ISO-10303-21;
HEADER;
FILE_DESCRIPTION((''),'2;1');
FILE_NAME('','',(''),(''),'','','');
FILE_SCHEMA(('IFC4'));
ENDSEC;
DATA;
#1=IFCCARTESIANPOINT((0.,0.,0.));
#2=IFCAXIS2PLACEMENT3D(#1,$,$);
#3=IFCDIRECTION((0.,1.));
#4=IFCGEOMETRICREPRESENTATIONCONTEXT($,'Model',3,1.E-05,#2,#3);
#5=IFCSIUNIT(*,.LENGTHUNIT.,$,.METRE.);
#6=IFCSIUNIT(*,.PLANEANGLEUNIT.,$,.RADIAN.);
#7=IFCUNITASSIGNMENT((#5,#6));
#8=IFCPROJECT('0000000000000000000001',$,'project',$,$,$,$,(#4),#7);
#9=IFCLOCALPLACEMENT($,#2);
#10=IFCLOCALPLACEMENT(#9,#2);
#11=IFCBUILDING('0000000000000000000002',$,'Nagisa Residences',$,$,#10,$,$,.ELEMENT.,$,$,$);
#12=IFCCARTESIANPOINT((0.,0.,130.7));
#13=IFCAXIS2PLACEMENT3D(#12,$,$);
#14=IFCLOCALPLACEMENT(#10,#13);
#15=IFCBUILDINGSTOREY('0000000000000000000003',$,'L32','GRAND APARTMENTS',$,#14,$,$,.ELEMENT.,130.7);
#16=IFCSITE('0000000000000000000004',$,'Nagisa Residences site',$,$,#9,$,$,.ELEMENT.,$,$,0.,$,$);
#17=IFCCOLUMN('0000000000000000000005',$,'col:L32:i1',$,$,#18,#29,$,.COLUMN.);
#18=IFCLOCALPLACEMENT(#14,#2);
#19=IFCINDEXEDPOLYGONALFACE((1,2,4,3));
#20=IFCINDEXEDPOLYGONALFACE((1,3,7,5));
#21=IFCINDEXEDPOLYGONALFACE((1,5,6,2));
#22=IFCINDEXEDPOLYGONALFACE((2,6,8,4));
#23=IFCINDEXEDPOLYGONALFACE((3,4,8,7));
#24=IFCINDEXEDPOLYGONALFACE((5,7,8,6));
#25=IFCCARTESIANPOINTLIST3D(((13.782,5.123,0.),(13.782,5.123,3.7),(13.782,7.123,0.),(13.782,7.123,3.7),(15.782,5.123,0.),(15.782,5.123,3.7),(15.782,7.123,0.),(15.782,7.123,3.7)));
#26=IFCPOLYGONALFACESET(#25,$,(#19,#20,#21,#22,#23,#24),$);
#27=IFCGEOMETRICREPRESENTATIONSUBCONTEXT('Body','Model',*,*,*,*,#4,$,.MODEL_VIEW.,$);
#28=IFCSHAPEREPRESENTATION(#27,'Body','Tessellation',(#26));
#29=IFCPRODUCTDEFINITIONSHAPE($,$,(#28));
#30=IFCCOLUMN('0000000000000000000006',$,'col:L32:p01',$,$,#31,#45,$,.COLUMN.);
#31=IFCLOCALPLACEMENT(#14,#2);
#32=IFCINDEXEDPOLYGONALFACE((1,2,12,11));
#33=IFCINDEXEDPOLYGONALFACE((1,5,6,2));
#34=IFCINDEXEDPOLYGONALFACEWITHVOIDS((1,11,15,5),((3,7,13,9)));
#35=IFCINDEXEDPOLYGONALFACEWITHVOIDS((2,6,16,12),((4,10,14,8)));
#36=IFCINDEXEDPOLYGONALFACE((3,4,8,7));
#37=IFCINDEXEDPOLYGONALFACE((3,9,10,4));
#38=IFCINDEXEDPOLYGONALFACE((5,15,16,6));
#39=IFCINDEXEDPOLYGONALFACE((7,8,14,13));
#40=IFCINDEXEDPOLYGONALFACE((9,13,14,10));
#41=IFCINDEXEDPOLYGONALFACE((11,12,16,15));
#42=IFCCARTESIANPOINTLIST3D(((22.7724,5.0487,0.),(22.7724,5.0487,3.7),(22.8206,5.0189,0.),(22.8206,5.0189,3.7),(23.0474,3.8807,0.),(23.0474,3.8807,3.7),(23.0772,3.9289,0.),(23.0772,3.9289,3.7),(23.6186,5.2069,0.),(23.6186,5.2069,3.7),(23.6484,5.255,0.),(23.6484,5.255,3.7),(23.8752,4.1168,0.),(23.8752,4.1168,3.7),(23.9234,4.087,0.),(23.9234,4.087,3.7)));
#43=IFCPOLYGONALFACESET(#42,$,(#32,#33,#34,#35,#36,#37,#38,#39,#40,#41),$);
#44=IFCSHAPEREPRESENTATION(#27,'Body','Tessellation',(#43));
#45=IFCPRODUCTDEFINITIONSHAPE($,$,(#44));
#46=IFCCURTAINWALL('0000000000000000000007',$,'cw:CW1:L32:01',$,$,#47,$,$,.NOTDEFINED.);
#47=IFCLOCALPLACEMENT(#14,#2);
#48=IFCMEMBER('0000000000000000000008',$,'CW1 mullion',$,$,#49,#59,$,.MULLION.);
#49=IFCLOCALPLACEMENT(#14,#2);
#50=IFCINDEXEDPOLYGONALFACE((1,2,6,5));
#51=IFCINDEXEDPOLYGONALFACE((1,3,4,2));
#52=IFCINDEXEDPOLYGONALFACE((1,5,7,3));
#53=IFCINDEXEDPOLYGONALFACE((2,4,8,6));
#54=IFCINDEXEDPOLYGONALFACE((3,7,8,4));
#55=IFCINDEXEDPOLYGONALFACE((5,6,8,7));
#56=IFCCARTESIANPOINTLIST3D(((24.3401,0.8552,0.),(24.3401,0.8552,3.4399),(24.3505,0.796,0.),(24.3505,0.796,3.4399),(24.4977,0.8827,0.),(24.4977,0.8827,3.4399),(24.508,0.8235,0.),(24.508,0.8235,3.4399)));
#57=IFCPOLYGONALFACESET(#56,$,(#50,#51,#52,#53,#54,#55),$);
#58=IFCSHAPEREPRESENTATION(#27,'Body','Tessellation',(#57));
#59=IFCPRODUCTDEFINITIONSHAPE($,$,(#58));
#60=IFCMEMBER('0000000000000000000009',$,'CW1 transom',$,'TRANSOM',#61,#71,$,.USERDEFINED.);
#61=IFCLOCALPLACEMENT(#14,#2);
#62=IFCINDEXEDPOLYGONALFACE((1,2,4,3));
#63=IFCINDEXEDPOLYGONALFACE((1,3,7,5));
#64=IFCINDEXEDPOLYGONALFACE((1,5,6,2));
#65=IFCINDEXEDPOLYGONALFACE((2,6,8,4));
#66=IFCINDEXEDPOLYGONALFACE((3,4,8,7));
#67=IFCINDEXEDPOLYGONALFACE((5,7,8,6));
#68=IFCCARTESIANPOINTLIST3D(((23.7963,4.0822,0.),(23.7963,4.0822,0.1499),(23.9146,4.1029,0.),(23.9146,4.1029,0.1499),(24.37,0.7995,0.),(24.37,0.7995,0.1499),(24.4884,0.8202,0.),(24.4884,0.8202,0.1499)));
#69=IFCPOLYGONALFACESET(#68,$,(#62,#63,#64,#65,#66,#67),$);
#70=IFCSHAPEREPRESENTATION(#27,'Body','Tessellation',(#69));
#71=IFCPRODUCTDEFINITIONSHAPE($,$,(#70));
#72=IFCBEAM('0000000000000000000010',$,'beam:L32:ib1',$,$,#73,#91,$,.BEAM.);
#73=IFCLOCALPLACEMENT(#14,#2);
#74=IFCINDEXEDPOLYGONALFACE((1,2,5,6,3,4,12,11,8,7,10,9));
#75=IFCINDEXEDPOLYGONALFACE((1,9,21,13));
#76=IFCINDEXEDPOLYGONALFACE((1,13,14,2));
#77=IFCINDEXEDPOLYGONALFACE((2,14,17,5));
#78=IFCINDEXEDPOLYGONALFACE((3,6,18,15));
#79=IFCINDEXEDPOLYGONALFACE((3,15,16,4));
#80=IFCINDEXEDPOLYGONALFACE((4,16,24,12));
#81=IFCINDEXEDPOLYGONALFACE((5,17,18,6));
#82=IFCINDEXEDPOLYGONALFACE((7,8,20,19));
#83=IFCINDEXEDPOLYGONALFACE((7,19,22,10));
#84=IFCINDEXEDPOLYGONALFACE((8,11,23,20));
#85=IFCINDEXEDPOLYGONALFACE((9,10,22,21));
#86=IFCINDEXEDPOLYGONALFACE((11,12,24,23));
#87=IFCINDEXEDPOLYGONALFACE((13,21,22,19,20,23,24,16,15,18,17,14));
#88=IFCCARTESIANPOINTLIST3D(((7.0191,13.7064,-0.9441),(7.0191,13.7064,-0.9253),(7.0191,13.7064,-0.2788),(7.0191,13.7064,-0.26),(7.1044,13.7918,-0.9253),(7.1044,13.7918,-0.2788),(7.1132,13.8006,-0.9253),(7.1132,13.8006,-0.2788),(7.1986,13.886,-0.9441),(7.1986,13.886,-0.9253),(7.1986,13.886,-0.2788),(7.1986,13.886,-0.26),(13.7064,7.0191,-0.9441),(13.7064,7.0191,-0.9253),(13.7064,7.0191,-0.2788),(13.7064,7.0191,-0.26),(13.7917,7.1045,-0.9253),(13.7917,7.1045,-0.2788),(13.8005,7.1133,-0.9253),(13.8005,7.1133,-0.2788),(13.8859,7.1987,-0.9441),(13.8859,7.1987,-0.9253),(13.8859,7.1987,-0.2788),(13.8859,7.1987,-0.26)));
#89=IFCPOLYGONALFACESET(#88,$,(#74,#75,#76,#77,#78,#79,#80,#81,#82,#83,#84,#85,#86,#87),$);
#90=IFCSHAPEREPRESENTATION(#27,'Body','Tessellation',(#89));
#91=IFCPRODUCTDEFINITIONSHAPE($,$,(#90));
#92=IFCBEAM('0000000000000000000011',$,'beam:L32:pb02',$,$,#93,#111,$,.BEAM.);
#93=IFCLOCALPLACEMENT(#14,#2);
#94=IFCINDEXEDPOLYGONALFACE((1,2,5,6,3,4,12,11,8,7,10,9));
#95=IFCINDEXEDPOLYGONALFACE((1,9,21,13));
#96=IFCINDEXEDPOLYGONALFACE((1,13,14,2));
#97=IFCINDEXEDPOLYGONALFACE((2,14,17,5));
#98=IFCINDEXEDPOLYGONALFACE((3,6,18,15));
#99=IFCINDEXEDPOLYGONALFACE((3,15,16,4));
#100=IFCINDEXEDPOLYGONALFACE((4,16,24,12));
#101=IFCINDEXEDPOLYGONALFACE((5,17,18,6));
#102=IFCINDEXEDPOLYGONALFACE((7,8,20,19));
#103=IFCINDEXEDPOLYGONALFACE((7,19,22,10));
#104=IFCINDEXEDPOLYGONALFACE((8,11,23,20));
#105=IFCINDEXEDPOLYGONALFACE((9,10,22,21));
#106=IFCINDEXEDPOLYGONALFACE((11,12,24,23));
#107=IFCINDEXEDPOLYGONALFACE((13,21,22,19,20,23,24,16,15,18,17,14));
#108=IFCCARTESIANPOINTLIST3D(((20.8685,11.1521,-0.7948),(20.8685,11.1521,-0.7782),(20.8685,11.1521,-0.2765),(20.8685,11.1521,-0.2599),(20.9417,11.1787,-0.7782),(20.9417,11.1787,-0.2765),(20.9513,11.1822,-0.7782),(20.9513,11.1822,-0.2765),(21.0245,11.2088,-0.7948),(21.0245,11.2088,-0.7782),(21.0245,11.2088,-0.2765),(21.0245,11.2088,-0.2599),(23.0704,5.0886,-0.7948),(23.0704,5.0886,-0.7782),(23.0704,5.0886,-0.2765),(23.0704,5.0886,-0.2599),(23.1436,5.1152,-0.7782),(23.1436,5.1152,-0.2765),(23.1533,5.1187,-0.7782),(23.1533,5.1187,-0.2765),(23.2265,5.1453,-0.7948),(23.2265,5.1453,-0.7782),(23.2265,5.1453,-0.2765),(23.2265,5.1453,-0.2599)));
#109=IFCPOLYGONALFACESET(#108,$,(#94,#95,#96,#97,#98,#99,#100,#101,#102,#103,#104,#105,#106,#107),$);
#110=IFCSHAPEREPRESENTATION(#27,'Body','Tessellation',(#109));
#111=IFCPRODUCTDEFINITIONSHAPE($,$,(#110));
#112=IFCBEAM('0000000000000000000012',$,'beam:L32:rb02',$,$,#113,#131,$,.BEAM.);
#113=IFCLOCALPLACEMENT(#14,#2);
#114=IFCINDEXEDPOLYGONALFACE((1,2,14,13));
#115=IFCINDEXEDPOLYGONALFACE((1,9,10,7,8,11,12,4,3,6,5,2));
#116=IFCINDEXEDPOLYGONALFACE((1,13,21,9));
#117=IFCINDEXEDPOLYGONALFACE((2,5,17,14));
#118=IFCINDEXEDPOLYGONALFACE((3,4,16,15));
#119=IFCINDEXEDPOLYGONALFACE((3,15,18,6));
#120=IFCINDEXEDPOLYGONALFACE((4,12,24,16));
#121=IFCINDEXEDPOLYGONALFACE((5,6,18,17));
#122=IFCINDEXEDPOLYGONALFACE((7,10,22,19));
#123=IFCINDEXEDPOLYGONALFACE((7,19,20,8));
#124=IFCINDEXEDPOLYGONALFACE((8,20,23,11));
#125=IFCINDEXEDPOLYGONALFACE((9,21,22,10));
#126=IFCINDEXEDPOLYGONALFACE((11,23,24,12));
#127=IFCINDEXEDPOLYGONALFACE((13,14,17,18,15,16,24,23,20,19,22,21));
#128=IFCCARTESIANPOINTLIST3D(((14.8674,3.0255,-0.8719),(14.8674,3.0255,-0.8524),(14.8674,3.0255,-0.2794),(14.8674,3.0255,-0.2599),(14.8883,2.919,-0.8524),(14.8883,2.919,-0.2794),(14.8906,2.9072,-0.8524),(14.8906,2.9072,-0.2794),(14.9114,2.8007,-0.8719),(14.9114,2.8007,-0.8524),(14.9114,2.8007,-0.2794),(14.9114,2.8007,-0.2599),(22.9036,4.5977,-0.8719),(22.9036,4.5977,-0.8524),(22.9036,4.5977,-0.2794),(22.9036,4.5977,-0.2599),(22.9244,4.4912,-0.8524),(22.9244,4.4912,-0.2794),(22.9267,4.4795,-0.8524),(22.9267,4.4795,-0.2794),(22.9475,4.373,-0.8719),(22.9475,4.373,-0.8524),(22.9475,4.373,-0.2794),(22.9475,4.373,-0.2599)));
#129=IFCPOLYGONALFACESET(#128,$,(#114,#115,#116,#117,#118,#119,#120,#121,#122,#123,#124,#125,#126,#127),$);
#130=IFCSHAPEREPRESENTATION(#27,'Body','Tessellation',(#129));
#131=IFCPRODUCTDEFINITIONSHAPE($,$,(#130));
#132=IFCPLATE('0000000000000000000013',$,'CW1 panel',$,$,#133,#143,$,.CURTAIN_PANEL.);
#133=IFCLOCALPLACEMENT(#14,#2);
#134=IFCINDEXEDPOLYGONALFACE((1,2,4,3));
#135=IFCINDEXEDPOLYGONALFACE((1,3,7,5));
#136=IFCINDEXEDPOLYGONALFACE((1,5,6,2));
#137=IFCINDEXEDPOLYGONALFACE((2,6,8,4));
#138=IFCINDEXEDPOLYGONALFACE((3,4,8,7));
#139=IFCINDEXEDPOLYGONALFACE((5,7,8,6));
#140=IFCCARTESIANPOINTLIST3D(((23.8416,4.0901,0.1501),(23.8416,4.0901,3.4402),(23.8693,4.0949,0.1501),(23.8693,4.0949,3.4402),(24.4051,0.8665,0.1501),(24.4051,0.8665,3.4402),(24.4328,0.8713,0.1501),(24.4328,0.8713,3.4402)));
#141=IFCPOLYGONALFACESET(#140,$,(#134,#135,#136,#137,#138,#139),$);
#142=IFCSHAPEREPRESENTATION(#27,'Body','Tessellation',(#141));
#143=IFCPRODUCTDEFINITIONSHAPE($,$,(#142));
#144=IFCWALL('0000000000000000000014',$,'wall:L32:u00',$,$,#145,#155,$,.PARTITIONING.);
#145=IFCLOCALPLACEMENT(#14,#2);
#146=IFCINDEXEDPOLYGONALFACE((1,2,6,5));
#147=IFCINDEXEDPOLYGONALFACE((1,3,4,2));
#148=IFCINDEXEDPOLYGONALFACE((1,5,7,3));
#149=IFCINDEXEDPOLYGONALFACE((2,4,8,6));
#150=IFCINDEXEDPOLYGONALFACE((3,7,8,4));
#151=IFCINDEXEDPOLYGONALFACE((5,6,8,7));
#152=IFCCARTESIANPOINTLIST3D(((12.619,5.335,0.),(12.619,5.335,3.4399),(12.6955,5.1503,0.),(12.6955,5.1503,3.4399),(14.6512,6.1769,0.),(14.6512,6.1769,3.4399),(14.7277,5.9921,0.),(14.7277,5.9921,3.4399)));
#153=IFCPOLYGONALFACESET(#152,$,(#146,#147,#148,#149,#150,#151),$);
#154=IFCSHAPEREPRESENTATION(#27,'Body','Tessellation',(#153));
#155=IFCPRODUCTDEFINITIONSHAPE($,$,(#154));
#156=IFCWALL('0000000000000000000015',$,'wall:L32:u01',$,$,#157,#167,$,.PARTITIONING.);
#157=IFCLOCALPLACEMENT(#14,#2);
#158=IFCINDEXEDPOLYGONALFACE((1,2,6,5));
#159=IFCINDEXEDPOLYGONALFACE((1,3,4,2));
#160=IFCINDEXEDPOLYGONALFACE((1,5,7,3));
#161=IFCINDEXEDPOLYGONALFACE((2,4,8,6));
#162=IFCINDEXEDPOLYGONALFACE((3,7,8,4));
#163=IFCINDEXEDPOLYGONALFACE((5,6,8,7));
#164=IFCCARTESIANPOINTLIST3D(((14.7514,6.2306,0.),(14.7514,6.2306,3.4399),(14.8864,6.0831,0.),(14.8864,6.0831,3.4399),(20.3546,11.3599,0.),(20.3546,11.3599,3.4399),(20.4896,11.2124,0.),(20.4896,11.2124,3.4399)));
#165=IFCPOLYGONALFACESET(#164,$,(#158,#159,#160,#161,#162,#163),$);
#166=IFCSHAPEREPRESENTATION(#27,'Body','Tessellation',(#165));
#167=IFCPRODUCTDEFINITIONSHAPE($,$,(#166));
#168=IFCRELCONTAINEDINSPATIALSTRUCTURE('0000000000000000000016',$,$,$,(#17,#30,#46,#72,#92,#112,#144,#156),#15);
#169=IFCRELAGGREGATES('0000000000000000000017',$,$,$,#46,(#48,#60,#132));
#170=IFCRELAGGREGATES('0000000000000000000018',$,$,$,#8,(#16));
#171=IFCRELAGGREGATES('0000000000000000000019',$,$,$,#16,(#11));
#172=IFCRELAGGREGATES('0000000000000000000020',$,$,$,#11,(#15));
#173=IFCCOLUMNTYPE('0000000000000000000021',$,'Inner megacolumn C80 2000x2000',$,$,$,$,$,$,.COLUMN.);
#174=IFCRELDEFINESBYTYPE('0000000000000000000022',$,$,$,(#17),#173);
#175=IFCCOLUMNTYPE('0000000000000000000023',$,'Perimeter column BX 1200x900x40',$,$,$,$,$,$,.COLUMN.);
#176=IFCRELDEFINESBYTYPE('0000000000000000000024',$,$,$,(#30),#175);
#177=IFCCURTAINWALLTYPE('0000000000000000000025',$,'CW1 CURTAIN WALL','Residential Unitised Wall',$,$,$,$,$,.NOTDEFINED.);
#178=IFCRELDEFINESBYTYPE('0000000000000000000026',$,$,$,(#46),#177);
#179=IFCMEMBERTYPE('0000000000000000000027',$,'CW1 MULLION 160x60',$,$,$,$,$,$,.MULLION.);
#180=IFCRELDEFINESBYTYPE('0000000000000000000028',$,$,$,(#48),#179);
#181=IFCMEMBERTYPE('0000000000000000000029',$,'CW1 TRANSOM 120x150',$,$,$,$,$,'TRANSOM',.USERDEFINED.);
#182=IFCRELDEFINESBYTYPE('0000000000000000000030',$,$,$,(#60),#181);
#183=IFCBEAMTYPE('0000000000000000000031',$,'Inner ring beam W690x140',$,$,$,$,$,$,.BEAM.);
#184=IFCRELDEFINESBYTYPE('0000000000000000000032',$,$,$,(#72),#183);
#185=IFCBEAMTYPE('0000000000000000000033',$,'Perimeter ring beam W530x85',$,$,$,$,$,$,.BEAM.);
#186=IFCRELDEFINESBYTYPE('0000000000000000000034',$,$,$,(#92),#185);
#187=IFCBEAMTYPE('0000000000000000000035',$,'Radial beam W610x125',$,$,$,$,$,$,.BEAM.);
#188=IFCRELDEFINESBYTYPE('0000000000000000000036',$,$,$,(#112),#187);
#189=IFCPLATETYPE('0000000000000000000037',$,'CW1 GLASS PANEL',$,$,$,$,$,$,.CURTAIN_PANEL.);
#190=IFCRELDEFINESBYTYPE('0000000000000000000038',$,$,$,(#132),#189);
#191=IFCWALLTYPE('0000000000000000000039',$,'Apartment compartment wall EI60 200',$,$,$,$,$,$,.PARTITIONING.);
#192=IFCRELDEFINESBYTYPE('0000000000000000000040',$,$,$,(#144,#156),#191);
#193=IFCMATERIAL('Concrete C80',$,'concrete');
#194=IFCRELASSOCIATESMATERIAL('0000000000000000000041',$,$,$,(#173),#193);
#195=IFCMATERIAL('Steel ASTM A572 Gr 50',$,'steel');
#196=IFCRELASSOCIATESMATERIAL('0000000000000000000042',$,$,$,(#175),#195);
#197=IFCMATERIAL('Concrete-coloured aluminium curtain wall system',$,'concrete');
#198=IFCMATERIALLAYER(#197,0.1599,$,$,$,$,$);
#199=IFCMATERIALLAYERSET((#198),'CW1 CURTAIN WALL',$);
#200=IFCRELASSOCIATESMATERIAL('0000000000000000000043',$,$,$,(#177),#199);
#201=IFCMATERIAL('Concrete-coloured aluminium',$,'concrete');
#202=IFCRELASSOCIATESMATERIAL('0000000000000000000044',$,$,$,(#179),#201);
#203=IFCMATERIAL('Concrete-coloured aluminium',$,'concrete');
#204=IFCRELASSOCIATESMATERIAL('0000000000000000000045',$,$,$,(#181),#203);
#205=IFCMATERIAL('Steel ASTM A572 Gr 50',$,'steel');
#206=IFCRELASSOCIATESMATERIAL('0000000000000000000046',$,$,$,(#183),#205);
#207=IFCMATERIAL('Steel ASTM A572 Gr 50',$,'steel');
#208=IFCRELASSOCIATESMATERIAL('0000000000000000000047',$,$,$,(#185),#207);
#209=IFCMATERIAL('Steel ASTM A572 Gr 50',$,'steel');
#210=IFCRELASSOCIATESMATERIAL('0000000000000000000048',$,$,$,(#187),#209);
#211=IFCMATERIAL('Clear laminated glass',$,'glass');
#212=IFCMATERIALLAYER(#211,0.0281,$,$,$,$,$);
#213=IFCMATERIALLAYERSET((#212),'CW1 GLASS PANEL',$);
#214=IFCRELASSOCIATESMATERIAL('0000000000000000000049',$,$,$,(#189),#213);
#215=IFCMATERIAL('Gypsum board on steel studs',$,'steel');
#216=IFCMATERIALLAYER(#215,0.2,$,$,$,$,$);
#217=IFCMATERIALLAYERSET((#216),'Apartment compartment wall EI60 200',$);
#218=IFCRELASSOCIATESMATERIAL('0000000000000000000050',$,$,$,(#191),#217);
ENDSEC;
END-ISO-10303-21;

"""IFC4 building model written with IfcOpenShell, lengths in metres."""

from ifc_helpers import new_model, si_unit, direction, frame, frame_2d, origin, origin_2d, place, context, subcontext, project, spatial, rectangle, hollow_rectangle, i_section, extrude, material, layer, layer_set, material_profile, profile_set, type_object, element, aggregate, save


model = new_model("IFC4")

# Units and contexts
model_context = context("Model", 3, precision=1e-05, world=origin(), true_north=direction((0.0, 1.0)))
body_context = subcontext(model_context, "Body", "Model", "MODEL_VIEW")
ifc_project = project(units=[si_unit("LENGTHUNIT", "METRE"), si_unit("PLANEANGLEUNIT", "RADIAN")], contexts=[model_context])

# Site, building, storey
site_placement = place(None, origin())
site = spatial("IfcSite", under=ifc_project, at=site_placement, Name="Nagisa Residences site", CompositionType="ELEMENT", RefElevation=0.0)
building_placement = place(site_placement, origin())
building = spatial("IfcBuilding", under=site, at=building_placement, Name="Nagisa Residences", CompositionType="ELEMENT")
storey_placement = place(building_placement, frame((0.0, 0.0, 130.7)))
storey = spatial("IfcBuildingStorey", under=building, at=storey_placement, Name="L32", Description="GRAND APARTMENTS", CompositionType="ELEMENT", Elevation=130.7)

# Columns
ifc_material_1 = material(Name="Concrete C80", Category="concrete")
ifc_material_profile_1 = material_profile(ifc_material_1, rectangle(XDim=2.0, YDim=2.0, at=origin_2d()), Name="C80 2000x2000")
ifc_profile_set_1 = profile_set([ifc_material_profile_1], Name="Concrete C80")
column_type_1 = type_object("IfcColumnType", Name="Inner megacolumn C80 2000x2000", PredefinedType="COLUMN", material=ifc_profile_set_1)
column_1_placement = place(storey_placement, frame((14.782, 6.123, 0.0), z_axis=(0.0, 0.0, 1.0), x_axis=(1.0, 0.0, 0.0)))
element("IfcColumn", 1, at=column_1_placement, inside=storey, type_object=column_type_1, Name="col:L32:i1", PredefinedType="COLUMN", context=body_context, shape_type="SweptSolid", body=[
    extrude(rectangle(XDim=2.0, YDim=2.0, at=origin_2d()), origin(), (0.0, 0.0, 1.0), 3.7),
])
ifc_material_2 = material(Name="Steel ASTM A572 Gr 50", Category="steel")
ifc_material_profile_2 = material_profile(ifc_material_2, hollow_rectangle(XDim=1.2, YDim=0.8999, WallThickness=0.04, at=origin_2d()), Name="BX 1200x900x40")
ifc_profile_set_2 = profile_set([ifc_material_profile_2], Name="Steel ASTM A572 Gr 50")
column_type_2 = type_object("IfcColumnType", Name="Perimeter column BX 1200x900x40", PredefinedType="COLUMN", material=ifc_profile_set_2)
column_2_placement = place(storey_placement, frame((23.3479, 4.5679, 0.0), z_axis=(0.0, 0.0, 1.0), x_axis=(-0.229202, 0.973379, 0.0)))
element("IfcColumn", 2, at=column_2_placement, inside=storey, type_object=column_type_2, Name="col:L32:p01", PredefinedType="COLUMN", context=body_context, shape_type="SweptSolid", body=[
    extrude(hollow_rectangle(XDim=1.2, YDim=0.8999, WallThickness=0.04, at=origin_2d()), origin(), (0.0, 0.0, 1.0), 3.7),
])

# Curtain wall, members
ifc_material_3 = material(Name="Concrete-coloured aluminium curtain wall system", Category="concrete")
ifc_layer_1 = layer(ifc_material_3, 0.1599)
ifc_layer_set_1 = layer_set([ifc_layer_1], Name="CW1 CURTAIN WALL")
curtain_wall_type = type_object("IfcCurtainWallType", Name="CW1 CURTAIN WALL", Description="Residential Unitised Wall", PredefinedType="NOTDEFINED", material=ifc_layer_set_1)
curtain_wall_placement = place(storey_placement, origin())
curtain_wall = element("IfcCurtainWall", 3, at=curtain_wall_placement, inside=storey, type_object=curtain_wall_type, Name="cw:CW1:L32:01", PredefinedType="NOTDEFINED")
ifc_material_4 = material(Name="Concrete-coloured aluminium", Category="concrete")
ifc_material_profile_3 = material_profile(ifc_material_4, rectangle(XDim=0.1599, YDim=0.0601, at=origin_2d()), Name="CW1 MULLION 160x60")
ifc_profile_set_3 = profile_set([ifc_material_profile_3], Name="Concrete-coloured aluminium")
member_type_1 = type_object("IfcMemberType", Name="CW1 MULLION 160x60", PredefinedType="MULLION", material=ifc_profile_set_3)
member_1_placement = place(storey_placement, frame((24.4241, 0.8394, 0.0), z_axis=(0.0, 0.0, 1.0), x_axis=(-0.985064, -0.172191, 0.0)))
member_1 = element("IfcMember", 4, at=member_1_placement, type_object=member_type_1, Name="CW1 mullion", PredefinedType="MULLION", context=body_context, shape_type="SweptSolid", body=[
    extrude(rectangle(XDim=0.1599, YDim=0.0601, at=origin_2d()), origin(), (0.0, 0.0, 1.0), 3.4399),
])
ifc_material_5 = material(Name="Concrete-coloured aluminium", Category="concrete")
ifc_material_profile_4 = material_profile(ifc_material_5, rectangle(XDim=0.1201, YDim=0.1499, at=origin_2d()), Name="CW1 TRANSOM 120x150")
ifc_profile_set_4 = profile_set([ifc_material_profile_4], Name="Concrete-coloured aluminium")
member_type_2 = type_object("IfcMemberType", Name="CW1 TRANSOM 120x150", ElementType="TRANSOM", PredefinedType="USERDEFINED", material=ifc_profile_set_4)
member_2_placement = place(storey_placement, frame((24.4292, 0.8098, 0.075), z_axis=(-0.172164, 0.985068, 0.0), x_axis=(-0.985068, -0.172164, 0.0)))
member_2 = element("IfcMember", 5, at=member_2_placement, type_object=member_type_2, Name="CW1 transom", ObjectType="TRANSOM", PredefinedType="USERDEFINED", context=body_context, shape_type="SweptSolid", body=[
    extrude(rectangle(XDim=0.1201, YDim=0.1499, at=origin_2d()), origin(), (0.0, 0.0, 1.0), 3.3325),
])

# Beams
ifc_material_6 = material(Name="Steel ASTM A572 Gr 50", Category="steel")
ifc_material_profile_5 = material_profile(ifc_material_6, i_section(OverallWidth=0.2539, OverallDepth=0.6841, WebThickness=0.0125, FlangeThickness=0.0188, at=origin_2d()), Name="W690x140")
ifc_profile_set_5 = profile_set([ifc_material_profile_5], Name="Steel ASTM A572 Gr 50")
beam_type_1 = type_object("IfcBeamType", Name="Inner ring beam W690x140", PredefinedType="BEAM", material=ifc_profile_set_5)
beam_1_placement = place(storey_placement, frame((13.7961, 7.1089, -0.6021), z_axis=(-0.707107, 0.707107, 0.0), x_axis=(-0.707107, -0.707107, 0.0)))
element("IfcBeam", 6, at=beam_1_placement, inside=storey, type_object=beam_type_1, Name="beam:L32:ib1", PredefinedType="BEAM", context=body_context, shape_type="SweptSolid", body=[
    extrude(i_section(OverallWidth=0.2539, OverallDepth=0.6841, WebThickness=0.0125, FlangeThickness=0.0188, at=origin_2d()), origin(), (0.0, 0.0, 1.0), 9.4573),
])
ifc_material_7 = material(Name="Steel ASTM A572 Gr 50", Category="steel")
ifc_material_profile_6 = material_profile(ifc_material_7, i_section(OverallWidth=0.166, OverallDepth=0.5349, WebThickness=0.0103, FlangeThickness=0.0166, at=origin_2d()), Name="W530x85")
ifc_profile_set_6 = profile_set([ifc_material_profile_6], Name="Steel ASTM A572 Gr 50")
beam_type_2 = type_object("IfcBeamType", Name="Perimeter ring beam W530x85", PredefinedType="BEAM", material=ifc_profile_set_6)
beam_2_placement = place(storey_placement, frame((23.1484, 5.1169, -0.5273), z_axis=(-0.341333, 0.939943, 0.0), x_axis=(-0.939943, -0.341333, 0.0)))
element("IfcBeam", 7, at=beam_2_placement, inside=storey, type_object=beam_type_2, Name="beam:L32:pb02", PredefinedType="BEAM", context=body_context, shape_type="SweptSolid", body=[
    extrude(i_section(OverallWidth=0.166, OverallDepth=0.5349, WebThickness=0.0103, FlangeThickness=0.0166, at=origin_2d()), origin(), (0.0, 0.0, 1.0), 6.4509),
])
ifc_material_8 = material(Name="Steel ASTM A572 Gr 50", Category="steel")
ifc_material_profile_7 = material_profile(ifc_material_8, i_section(OverallWidth=0.229, OverallDepth=0.6121, WebThickness=0.012, FlangeThickness=0.0195, at=origin_2d()), Name="W610x125")
ifc_profile_set_7 = profile_set([ifc_material_profile_7], Name="Steel ASTM A572 Gr 50")
beam_type_3 = type_object("IfcBeamType", Name="Radial beam W610x125", PredefinedType="BEAM", material=ifc_profile_set_7)
beam_3_placement = place(storey_placement, frame((22.9255, 4.4854, -0.5659), z_axis=(-0.981393, -0.192009, 0.0), x_axis=(0.192009, -0.981393, 0.0)))
element("IfcBeam", 8, at=beam_3_placement, inside=storey, type_object=beam_type_3, Name="beam:L32:rb02", PredefinedType="BEAM", context=body_context, shape_type="SweptSolid", body=[
    extrude(i_section(OverallWidth=0.229, OverallDepth=0.6121, WebThickness=0.012, FlangeThickness=0.0195, at=origin_2d()), origin(), (0.0, 0.0, 1.0), 8.1885),
])

# Plate
ifc_material_9 = material(Name="Clear laminated glass", Category="glass")
ifc_layer_2 = layer(ifc_material_9, 0.0281)
ifc_layer_set_2 = layer_set([ifc_layer_2], Name="CW1 GLASS PANEL")
plate_type = type_object("IfcPlateType", Name="CW1 GLASS PANEL", PredefinedType="CURTAIN_PANEL", material=ifc_layer_set_2)
plate_placement = place(storey_placement, frame((24.1372, 2.4807, 0.1501), z_axis=(0.0, 0.0, 1.0), x_axis=(-0.172191, 0.985064, 0.0)))
plate = element("IfcPlate", 9, at=plate_placement, type_object=plate_type, Name="CW1 panel", PredefinedType="CURTAIN_PANEL", context=body_context, shape_type="SweptSolid", body=[
    extrude(rectangle(XDim=3.2725, YDim=0.0281, at=origin_2d()), origin(), (0.0, 0.0, 1.0), 3.29),
])
aggregate(curtain_wall, [member_1, member_2, plate])

# Walls
ifc_material_10 = material(Name="Gypsum board on steel studs", Category="steel")
ifc_layer_3 = layer(ifc_material_10, 0.2)
ifc_layer_set_3 = layer_set([ifc_layer_3], Name="Apartment compartment wall EI60 200")
wall_type_1 = type_object("IfcWallType", Name="Apartment compartment wall EI60 200", PredefinedType="PARTITIONING", material=ifc_layer_set_3)
wall_1_placement = place(storey_placement, frame((12.6572, 5.2427, 0.0), z_axis=(0.0, 0.0, 1.0), x_axis=(0.923876, 0.382692, 0.0)))
element("IfcWall", 10, at=wall_1_placement, inside=storey, type_object=wall_type_1, Name="wall:L32:u00", PredefinedType="PARTITIONING", context=body_context, shape_type="SweptSolid", body=[
    extrude(rectangle(XDim=2.1997, YDim=0.2, at=frame_2d((1.0999, 0.0))), origin(), (0.0, 0.0, 1.0), 3.4399),
])
wall_2_placement = place(storey_placement, frame((14.8188, 6.1567, 0.0), z_axis=(0.0, 0.0, 1.0), x_axis=(0.737609, 0.675228, 0.0)))
element("IfcWall", 11, at=wall_2_placement, inside=storey, type_object=wall_type_1, Name="wall:L32:u01", PredefinedType="PARTITIONING", context=body_context, shape_type="SweptSolid", body=[
    extrude(rectangle(XDim=7.5964, YDim=0.2, at=frame_2d((3.7983, 0.0))), origin(), (0.0, 0.0, 1.0), 3.4399),
])

save(model, "model.ifc")
